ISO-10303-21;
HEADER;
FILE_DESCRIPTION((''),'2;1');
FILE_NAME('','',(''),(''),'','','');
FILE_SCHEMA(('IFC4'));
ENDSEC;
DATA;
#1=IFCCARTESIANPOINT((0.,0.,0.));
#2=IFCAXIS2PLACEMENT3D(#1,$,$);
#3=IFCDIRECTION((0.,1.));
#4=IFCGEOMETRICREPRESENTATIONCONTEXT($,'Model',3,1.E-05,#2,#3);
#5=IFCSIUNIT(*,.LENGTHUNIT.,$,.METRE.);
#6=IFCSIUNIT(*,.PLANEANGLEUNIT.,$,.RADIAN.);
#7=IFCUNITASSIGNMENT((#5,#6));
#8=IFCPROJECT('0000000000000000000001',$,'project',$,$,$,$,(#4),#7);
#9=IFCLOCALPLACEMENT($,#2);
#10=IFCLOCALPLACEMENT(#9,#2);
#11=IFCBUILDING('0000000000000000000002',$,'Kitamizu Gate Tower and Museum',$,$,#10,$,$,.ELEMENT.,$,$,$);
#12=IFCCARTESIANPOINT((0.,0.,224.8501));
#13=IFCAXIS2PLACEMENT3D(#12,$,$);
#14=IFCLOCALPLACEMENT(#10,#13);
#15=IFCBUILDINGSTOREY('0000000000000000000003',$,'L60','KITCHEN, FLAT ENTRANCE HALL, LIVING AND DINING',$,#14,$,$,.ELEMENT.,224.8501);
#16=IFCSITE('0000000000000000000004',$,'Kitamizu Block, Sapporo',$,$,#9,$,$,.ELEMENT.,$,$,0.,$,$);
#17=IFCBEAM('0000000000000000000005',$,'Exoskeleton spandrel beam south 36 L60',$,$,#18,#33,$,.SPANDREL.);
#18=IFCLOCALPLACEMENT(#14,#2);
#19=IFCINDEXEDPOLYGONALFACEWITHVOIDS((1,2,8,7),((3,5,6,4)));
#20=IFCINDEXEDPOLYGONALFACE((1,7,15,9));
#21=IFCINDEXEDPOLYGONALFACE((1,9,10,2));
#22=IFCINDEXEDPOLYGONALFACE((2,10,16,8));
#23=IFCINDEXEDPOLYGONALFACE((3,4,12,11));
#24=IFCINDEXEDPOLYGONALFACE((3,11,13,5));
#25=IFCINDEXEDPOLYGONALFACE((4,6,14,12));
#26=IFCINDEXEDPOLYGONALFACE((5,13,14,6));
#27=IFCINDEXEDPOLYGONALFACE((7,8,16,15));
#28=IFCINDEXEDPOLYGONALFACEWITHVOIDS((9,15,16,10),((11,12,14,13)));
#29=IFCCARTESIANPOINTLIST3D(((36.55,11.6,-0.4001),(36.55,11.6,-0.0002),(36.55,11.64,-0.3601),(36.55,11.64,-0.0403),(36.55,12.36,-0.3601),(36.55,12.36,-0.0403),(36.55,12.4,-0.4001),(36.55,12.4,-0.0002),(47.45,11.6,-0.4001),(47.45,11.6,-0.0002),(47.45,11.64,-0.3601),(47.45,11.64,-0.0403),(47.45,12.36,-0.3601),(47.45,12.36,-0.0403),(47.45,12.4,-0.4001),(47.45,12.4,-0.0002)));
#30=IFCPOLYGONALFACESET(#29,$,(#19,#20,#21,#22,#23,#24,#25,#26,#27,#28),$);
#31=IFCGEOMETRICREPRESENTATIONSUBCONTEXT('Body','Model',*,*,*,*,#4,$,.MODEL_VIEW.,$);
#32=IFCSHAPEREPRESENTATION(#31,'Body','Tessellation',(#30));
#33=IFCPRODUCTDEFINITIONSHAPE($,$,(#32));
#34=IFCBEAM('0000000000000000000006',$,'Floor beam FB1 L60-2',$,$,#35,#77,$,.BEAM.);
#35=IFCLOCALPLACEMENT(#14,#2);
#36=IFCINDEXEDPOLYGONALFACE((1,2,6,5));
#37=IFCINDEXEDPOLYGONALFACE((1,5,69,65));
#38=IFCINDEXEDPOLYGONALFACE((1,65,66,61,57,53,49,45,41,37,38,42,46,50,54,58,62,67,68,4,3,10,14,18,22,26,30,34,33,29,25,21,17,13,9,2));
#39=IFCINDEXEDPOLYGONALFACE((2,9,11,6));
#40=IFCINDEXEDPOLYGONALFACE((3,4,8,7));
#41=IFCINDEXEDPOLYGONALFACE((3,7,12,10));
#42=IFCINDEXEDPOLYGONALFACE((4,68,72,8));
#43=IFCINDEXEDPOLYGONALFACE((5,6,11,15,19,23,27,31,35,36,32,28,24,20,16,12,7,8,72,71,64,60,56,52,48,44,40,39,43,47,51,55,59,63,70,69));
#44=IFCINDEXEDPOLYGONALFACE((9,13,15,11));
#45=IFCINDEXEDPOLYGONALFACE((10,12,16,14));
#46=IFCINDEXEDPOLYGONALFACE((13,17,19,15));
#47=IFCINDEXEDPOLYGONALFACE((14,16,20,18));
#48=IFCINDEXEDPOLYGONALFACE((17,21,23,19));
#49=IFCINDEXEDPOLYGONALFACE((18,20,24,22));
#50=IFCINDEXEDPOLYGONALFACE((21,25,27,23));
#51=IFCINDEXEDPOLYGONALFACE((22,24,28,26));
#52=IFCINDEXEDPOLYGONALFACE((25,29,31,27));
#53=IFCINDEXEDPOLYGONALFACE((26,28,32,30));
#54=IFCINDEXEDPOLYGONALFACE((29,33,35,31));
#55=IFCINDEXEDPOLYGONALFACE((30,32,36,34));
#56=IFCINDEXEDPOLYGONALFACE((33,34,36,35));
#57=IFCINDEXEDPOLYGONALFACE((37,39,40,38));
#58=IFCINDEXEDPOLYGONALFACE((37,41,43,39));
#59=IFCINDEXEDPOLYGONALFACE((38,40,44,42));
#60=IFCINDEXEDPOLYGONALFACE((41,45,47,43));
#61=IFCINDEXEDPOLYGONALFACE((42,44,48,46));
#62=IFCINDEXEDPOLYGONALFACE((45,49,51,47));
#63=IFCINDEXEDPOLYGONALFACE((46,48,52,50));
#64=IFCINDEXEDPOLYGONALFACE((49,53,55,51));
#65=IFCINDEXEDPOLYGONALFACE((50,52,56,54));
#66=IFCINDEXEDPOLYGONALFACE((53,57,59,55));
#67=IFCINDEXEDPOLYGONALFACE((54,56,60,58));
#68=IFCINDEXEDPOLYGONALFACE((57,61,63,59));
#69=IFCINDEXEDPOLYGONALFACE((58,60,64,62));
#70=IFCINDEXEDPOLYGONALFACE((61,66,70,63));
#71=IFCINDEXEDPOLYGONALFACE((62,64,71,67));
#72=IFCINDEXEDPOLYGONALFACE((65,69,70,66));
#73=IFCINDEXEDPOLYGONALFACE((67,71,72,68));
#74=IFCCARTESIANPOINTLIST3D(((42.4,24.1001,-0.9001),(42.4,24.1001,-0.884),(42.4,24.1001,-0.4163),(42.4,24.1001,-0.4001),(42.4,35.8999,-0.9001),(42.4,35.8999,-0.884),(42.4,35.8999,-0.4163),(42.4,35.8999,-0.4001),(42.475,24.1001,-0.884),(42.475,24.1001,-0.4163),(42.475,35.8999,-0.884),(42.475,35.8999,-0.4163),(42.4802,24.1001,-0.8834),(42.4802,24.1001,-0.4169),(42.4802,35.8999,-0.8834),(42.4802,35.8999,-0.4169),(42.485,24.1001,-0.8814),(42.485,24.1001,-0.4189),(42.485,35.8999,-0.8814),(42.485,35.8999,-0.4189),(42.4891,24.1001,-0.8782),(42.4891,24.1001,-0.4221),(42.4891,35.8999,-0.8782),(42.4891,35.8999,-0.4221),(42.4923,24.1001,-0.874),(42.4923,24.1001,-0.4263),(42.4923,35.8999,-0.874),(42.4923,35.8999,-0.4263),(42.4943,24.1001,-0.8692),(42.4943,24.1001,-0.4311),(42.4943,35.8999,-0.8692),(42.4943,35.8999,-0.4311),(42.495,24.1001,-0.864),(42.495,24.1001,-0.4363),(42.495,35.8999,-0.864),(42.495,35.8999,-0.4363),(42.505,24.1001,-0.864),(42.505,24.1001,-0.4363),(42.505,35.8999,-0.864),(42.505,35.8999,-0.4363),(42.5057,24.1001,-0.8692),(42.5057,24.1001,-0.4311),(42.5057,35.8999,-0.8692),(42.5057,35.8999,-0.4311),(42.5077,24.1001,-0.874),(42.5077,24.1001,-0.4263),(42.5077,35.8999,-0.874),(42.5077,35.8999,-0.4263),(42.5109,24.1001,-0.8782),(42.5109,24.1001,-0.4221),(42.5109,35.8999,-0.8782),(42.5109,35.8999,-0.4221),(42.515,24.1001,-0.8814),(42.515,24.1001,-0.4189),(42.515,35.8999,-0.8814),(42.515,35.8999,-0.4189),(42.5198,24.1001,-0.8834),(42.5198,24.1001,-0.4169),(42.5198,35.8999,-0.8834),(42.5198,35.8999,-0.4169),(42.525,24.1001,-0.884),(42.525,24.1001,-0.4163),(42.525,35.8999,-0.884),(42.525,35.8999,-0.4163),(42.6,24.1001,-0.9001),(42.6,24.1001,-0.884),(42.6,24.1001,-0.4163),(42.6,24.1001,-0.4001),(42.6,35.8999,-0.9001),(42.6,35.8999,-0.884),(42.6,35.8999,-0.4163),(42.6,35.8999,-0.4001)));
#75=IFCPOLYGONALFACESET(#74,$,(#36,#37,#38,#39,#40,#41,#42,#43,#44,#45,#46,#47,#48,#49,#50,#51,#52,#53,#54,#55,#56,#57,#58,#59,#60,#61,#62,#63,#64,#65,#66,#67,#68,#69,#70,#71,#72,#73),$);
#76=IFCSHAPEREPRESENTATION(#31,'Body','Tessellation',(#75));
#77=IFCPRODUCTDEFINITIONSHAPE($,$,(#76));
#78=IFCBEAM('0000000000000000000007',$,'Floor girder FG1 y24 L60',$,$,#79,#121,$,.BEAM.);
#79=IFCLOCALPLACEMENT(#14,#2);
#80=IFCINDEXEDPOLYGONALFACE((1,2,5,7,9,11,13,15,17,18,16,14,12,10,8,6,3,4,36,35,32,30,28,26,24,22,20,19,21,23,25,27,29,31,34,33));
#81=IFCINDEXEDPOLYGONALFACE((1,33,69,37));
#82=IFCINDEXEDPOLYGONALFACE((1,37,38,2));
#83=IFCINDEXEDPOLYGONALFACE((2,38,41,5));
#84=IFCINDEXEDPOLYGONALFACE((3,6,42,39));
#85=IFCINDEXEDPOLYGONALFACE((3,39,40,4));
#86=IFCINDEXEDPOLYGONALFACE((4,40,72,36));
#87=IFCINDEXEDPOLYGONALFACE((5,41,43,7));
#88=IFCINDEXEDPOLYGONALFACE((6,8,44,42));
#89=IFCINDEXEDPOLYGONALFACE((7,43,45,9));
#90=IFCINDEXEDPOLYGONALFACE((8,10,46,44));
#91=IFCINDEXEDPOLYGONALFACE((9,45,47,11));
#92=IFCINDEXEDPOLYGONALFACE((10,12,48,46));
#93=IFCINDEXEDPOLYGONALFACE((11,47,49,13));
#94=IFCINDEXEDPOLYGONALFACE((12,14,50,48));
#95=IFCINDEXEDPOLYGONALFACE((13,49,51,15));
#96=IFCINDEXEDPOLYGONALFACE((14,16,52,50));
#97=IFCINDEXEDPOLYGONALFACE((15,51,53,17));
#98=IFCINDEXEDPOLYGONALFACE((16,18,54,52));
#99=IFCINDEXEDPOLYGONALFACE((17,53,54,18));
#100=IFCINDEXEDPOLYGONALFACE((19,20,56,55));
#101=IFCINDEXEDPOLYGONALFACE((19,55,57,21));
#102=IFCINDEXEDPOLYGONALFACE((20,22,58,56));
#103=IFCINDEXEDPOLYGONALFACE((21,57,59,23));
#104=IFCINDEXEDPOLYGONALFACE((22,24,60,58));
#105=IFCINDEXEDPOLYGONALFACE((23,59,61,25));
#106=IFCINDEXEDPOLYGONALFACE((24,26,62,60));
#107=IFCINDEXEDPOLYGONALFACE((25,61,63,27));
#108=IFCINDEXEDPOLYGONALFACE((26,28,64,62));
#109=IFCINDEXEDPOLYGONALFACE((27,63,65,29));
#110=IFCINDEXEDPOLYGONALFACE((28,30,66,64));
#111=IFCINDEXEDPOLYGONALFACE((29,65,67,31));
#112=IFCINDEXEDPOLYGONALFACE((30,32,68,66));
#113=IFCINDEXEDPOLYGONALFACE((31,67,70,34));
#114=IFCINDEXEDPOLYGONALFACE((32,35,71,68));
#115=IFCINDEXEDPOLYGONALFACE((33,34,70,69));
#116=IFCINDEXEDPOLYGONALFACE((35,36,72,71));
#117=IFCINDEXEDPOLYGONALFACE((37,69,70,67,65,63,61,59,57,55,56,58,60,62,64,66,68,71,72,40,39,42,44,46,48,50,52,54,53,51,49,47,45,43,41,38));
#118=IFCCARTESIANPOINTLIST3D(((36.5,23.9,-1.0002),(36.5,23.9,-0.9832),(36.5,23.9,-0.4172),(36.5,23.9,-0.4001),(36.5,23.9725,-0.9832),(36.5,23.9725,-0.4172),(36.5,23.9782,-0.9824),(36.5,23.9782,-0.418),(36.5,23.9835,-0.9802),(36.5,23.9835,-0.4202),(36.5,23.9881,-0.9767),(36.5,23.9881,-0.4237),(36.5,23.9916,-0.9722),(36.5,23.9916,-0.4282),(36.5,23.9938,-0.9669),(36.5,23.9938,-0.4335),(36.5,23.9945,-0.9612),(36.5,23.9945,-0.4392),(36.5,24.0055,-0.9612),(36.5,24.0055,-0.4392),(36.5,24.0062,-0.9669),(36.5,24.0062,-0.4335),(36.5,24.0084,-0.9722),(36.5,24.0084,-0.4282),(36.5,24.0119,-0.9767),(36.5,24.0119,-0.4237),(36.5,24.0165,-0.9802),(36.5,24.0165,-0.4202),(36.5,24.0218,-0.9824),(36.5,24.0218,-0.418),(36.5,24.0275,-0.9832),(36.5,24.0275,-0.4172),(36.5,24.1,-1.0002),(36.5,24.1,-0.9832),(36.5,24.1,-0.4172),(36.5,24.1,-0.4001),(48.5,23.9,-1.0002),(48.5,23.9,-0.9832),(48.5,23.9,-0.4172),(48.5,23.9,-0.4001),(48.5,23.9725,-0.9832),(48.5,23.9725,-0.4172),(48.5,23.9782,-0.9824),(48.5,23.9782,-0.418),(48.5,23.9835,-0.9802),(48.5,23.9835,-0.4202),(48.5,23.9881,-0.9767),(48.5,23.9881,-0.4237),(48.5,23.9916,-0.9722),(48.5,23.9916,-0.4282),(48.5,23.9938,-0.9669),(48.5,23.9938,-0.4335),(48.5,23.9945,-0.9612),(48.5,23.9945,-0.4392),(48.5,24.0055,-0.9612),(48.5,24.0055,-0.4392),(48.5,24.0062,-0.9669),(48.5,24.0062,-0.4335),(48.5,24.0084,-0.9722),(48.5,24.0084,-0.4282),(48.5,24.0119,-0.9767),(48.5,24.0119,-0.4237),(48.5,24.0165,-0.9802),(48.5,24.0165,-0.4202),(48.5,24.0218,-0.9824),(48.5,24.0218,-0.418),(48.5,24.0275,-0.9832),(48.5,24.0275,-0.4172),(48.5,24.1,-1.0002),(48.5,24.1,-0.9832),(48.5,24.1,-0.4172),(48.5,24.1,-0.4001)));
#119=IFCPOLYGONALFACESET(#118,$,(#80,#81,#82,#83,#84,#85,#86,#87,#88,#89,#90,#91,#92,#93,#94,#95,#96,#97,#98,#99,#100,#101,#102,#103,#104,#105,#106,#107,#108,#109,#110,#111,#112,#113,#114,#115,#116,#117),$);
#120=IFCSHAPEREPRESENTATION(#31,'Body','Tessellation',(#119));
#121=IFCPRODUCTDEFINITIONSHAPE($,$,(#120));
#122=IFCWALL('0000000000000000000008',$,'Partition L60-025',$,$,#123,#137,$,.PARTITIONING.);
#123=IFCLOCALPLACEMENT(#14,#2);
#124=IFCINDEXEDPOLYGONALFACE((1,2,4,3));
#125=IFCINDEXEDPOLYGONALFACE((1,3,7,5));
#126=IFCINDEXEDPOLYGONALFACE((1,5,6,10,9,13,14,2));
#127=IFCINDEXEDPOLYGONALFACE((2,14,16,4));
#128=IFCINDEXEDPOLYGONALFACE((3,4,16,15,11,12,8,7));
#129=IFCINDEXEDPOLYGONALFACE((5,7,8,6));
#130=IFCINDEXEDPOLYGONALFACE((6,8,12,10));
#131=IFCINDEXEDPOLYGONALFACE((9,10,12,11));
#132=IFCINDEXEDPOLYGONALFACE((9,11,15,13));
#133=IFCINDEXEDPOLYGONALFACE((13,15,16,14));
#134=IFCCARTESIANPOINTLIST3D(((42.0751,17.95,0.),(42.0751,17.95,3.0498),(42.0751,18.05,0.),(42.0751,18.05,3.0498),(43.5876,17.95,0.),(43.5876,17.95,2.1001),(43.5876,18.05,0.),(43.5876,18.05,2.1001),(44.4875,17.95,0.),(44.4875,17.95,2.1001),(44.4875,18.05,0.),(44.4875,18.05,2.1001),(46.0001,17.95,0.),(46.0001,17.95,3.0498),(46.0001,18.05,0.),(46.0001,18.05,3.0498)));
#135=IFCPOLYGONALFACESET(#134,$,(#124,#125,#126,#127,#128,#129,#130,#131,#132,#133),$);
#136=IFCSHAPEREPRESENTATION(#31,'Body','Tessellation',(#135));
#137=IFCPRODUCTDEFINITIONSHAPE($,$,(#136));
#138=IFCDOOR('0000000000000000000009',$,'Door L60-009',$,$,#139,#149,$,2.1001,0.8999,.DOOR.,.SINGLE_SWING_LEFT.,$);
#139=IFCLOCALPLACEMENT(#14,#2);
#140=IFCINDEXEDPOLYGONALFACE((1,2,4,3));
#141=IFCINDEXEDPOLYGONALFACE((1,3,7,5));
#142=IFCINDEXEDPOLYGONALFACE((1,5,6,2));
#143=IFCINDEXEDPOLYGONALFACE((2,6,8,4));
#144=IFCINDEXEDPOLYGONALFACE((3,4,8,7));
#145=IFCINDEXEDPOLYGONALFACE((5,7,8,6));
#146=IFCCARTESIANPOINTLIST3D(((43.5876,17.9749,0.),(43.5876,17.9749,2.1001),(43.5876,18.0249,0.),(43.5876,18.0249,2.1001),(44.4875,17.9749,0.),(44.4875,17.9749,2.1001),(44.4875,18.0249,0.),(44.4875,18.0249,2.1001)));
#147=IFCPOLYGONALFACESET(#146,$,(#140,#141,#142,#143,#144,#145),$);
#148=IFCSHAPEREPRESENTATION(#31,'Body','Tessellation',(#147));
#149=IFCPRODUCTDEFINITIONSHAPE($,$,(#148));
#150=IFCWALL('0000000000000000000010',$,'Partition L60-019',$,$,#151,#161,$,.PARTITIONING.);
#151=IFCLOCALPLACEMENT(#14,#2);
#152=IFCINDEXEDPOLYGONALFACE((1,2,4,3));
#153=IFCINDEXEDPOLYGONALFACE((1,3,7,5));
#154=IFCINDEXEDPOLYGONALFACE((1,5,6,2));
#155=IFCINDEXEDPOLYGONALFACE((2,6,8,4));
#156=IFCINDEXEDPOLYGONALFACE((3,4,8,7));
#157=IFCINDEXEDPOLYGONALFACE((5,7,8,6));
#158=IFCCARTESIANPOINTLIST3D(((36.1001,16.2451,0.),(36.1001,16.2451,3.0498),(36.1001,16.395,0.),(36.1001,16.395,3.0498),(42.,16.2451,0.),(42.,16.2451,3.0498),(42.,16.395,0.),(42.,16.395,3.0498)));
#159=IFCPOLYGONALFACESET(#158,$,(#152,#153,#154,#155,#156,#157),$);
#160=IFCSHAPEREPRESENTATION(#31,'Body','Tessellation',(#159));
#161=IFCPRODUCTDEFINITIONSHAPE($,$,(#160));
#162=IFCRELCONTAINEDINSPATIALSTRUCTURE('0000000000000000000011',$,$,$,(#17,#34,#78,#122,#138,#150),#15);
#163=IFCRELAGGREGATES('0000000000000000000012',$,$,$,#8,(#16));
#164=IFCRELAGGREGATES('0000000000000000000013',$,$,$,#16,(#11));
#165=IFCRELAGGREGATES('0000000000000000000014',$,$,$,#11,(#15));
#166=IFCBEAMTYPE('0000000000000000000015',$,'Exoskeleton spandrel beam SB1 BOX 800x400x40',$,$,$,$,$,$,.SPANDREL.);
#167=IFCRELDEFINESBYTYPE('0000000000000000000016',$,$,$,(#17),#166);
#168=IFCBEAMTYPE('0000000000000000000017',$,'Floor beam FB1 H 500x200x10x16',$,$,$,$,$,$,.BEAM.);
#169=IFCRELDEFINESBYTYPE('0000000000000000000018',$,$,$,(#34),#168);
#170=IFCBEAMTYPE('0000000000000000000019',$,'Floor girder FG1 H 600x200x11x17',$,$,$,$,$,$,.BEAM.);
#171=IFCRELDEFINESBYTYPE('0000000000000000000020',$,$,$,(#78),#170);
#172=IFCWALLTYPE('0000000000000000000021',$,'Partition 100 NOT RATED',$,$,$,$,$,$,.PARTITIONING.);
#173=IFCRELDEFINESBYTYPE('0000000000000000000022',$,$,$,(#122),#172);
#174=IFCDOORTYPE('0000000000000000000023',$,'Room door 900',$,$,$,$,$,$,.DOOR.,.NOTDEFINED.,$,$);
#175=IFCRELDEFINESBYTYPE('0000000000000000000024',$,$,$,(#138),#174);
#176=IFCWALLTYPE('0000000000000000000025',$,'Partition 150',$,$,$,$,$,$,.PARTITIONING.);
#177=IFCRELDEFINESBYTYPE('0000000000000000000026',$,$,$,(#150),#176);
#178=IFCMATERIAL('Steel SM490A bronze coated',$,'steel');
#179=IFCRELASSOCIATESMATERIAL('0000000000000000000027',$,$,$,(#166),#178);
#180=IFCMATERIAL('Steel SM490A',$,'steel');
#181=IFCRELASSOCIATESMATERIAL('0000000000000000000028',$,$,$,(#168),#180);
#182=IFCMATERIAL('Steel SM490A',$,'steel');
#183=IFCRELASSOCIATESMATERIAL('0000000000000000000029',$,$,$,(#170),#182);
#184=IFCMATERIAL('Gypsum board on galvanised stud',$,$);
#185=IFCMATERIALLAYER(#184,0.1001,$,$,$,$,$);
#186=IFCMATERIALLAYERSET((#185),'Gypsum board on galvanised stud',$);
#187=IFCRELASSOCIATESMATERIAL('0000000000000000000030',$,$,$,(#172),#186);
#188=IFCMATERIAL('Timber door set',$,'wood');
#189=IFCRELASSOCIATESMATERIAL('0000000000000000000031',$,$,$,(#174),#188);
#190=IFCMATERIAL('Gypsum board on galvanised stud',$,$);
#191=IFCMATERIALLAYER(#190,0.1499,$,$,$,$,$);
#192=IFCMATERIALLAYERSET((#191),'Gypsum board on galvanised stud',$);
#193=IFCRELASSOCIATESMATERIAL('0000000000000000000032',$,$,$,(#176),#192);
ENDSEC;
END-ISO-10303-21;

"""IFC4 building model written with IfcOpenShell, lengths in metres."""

from ifc_helpers import new_model, si_unit, direction, frame, frame_2d, origin, origin_2d, place, context, subcontext, project, spatial, rectangle, hollow_rectangle, i_section, extrude, material, layer, layer_set, material_profile, profile_set, type_object, element, fill, save


model = new_model("IFC4")

# Units and contexts
model_context = context("Model", 3, precision=1e-05, world=origin(), true_north=direction((0.0, 1.0)))
body_context = subcontext(model_context, "Body", "Model", "MODEL_VIEW")
ifc_project = project(units=[si_unit("LENGTHUNIT", "METRE"), si_unit("PLANEANGLEUNIT", "RADIAN")], contexts=[model_context])

# Site, building, storey
site_placement = place(None, origin())
site = spatial("IfcSite", under=ifc_project, at=site_placement, Name="Kitamizu Block, Sapporo", CompositionType="ELEMENT", RefElevation=0.0)
building_placement = place(site_placement, origin())
building = spatial("IfcBuilding", under=site, at=building_placement, Name="Kitamizu Gate Tower and Museum", CompositionType="ELEMENT")
storey_placement = place(building_placement, frame((0.0, 0.0, 224.8501)))
storey = spatial("IfcBuildingStorey", under=building, at=storey_placement, Name="L60", Description="KITCHEN, FLAT ENTRANCE HALL, LIVING AND DINING", CompositionType="ELEMENT", Elevation=224.8501)

# Beams
ifc_material_1 = material(Name="Steel SM490A bronze coated", Category="steel")
ifc_material_profile_1 = material_profile(ifc_material_1, hollow_rectangle(XDim=0.8, YDim=0.3999, WallThickness=0.04, at=origin_2d()), Name="BOX 800x400x40")
ifc_profile_set_1 = profile_set([ifc_material_profile_1], Name="Steel SM490A bronze coated")
beam_type_1 = type_object("IfcBeamType", Name="Exoskeleton spandrel beam SB1 BOX 800x400x40", PredefinedType="SPANDREL", material=ifc_profile_set_1)
beam_1_placement = place(storey_placement, frame((36.55, 12.0, -0.2002), z_axis=(1.0, 0.0, 0.0), x_axis=(0.0, 1.0, 0.0)))
element("IfcBeam", 1, at=beam_1_placement, inside=storey, type_object=beam_type_1, Name="Exoskeleton spandrel beam south 36 L60", PredefinedType="SPANDREL", context=body_context, shape_type="SweptSolid", body=[
    extrude(hollow_rectangle(XDim=0.8, YDim=0.3999, WallThickness=0.04, at=origin_2d()), origin(), (0.0, 0.0, 1.0), 10.8999),
])
ifc_material_2 = material(Name="Steel SM490A", Category="steel")
ifc_material_profile_2 = material_profile(ifc_material_2, i_section(OverallWidth=0.2, OverallDepth=0.5, WebThickness=0.01, FlangeThickness=0.0161, FilletRadius=0.02, at=origin_2d()), Name="H-500x200x10x16")
ifc_profile_set_2 = profile_set([ifc_material_profile_2], Name="Steel SM490A")
beam_type_2 = type_object("IfcBeamType", Name="Floor beam FB1 H 500x200x10x16", PredefinedType="BEAM", material=ifc_profile_set_2)
beam_2_placement = place(storey_placement, frame((42.5, 24.1001, -0.6501), z_axis=(0.0, 1.0, 0.0), x_axis=(-1.0, 0.0, 0.0)))
element("IfcBeam", 2, at=beam_2_placement, inside=storey, type_object=beam_type_2, Name="Floor beam FB1 L60-2", PredefinedType="BEAM", context=body_context, shape_type="SweptSolid", body=[
    extrude(i_section(OverallWidth=0.2, OverallDepth=0.5, WebThickness=0.01, FlangeThickness=0.0161, FilletRadius=0.02, at=origin_2d()), origin(), (0.0, 0.0, 1.0), 11.7998),
])
ifc_material_3 = material(Name="Steel SM490A", Category="steel")
ifc_material_profile_3 = material_profile(ifc_material_3, i_section(OverallWidth=0.2, OverallDepth=0.6001, WebThickness=0.011, FlangeThickness=0.0171, FilletRadius=0.022, at=origin_2d()), Name="H-600x200x11x17")
ifc_profile_set_3 = profile_set([ifc_material_profile_3], Name="Steel SM490A")
beam_type_3 = type_object("IfcBeamType", Name="Floor girder FG1 H 600x200x11x17", PredefinedType="BEAM", material=ifc_profile_set_3)
beam_3_placement = place(storey_placement, frame((36.5, 24.0, -0.7002), z_axis=(1.0, 0.0, 0.0), x_axis=(0.0, 1.0, 0.0)))
element("IfcBeam", 3, at=beam_3_placement, inside=storey, type_object=beam_type_3, Name="Floor girder FG1 y24 L60", PredefinedType="BEAM", context=body_context, shape_type="SweptSolid", body=[
    extrude(i_section(OverallWidth=0.2, OverallDepth=0.6001, WebThickness=0.011, FlangeThickness=0.0171, FilletRadius=0.022, at=origin_2d()), origin(), (0.0, 0.0, 1.0), 12.0),
])

# Wall, opening, door
ifc_material_4 = material(Name="Gypsum board on galvanised stud")
ifc_layer_1 = layer(ifc_material_4, 0.1001)
ifc_layer_set_1 = layer_set([ifc_layer_1], Name="Gypsum board on galvanised stud")
wall_type_1 = type_object("IfcWallType", Name="Partition 100 NOT RATED", PredefinedType="PARTITIONING", material=ifc_layer_set_1)
wall_1_placement = place(storey_placement, frame((46.0, 18.0, 0.0), z_axis=(0.0, 0.0, 1.0), x_axis=(-1.0, 0.0, 0.0)))
wall_1 = element("IfcWall", 4, at=wall_1_placement, inside=storey, type_object=wall_type_1, Name="Partition L60-025", PredefinedType="PARTITIONING", context=body_context, shape_type="SweptSolid", body=[
    extrude(rectangle(XDim=3.925, YDim=0.1001, at=frame_2d((1.9624, 0.0))), origin(), (0.0, 0.0, 1.0), 3.0498),
])
opening_1_placement = place(wall_1_placement, frame((1.5125, 0.0, 0.0)))
opening_1 = element("IfcOpeningElement", 5, at=opening_1_placement, cuts=wall_1, PredefinedType="OPENING", context=body_context, shape_type="SweptSolid", body=[
    extrude(rectangle(XDim=0.8999, YDim=2.1001, at=frame_2d((0.45, 1.05))), frame((0.0, 0.0601, 0.0), z_axis=(0.0, -1.0, 0.0), x_axis=(1.0, 0.0, 0.0)), (0.0, 0.0, 1.0), 0.1201),
])
ifc_material_5 = material(Name="Timber door set", Category="wood")
door_type_1 = type_object("IfcDoorType", Name="Room door 900", OperationType="NOTDEFINED", PredefinedType="DOOR", material=ifc_material_5)
door_1_placement = place(opening_1_placement, frame((0.8999, 0.0, 0.0), x_axis=(-1.0, 0.0, 0.0)))
door_1 = element("IfcDoor", 6, at=door_1_placement, inside=storey, type_object=door_type_1, Name="Door L60-009", OperationType="SINGLE_SWING_LEFT", OverallHeight=2.1001, OverallWidth=0.8999, PredefinedType="DOOR", context=body_context, shape_type="SweptSolid", body=[
    extrude(rectangle(XDim=0.8999, YDim=2.1001, at=frame_2d((0.45, 1.05))), frame((0.0, 0.0249, 0.0), z_axis=(0.0, -1.0, 0.0), x_axis=(1.0, 0.0, 0.0)), (0.0, 0.0, 1.0), 0.05),
])
fill(opening_1, door_1)

# Wall
ifc_material_6 = material(Name="Gypsum board on galvanised stud")
ifc_layer_2 = layer(ifc_material_6, 0.1499)
ifc_layer_set_2 = layer_set([ifc_layer_2], Name="Gypsum board on galvanised stud")
wall_type_2 = type_object("IfcWallType", Name="Partition 150", PredefinedType="PARTITIONING", material=ifc_layer_set_2)
wall_2_placement = place(storey_placement, frame((42.0, 16.3201, 0.0), z_axis=(0.0, 0.0, 1.0), x_axis=(-1.0, 0.0, 0.0)))
element("IfcWall", 7, at=wall_2_placement, inside=storey, type_object=wall_type_2, Name="Partition L60-019", PredefinedType="PARTITIONING", context=body_context, shape_type="SweptSolid", body=[
    extrude(rectangle(XDim=5.8999, YDim=0.1499, at=frame_2d((2.95, 0.0))), origin(), (0.0, 0.0, 1.0), 3.0498),
])

save(model, "model.ifc")
